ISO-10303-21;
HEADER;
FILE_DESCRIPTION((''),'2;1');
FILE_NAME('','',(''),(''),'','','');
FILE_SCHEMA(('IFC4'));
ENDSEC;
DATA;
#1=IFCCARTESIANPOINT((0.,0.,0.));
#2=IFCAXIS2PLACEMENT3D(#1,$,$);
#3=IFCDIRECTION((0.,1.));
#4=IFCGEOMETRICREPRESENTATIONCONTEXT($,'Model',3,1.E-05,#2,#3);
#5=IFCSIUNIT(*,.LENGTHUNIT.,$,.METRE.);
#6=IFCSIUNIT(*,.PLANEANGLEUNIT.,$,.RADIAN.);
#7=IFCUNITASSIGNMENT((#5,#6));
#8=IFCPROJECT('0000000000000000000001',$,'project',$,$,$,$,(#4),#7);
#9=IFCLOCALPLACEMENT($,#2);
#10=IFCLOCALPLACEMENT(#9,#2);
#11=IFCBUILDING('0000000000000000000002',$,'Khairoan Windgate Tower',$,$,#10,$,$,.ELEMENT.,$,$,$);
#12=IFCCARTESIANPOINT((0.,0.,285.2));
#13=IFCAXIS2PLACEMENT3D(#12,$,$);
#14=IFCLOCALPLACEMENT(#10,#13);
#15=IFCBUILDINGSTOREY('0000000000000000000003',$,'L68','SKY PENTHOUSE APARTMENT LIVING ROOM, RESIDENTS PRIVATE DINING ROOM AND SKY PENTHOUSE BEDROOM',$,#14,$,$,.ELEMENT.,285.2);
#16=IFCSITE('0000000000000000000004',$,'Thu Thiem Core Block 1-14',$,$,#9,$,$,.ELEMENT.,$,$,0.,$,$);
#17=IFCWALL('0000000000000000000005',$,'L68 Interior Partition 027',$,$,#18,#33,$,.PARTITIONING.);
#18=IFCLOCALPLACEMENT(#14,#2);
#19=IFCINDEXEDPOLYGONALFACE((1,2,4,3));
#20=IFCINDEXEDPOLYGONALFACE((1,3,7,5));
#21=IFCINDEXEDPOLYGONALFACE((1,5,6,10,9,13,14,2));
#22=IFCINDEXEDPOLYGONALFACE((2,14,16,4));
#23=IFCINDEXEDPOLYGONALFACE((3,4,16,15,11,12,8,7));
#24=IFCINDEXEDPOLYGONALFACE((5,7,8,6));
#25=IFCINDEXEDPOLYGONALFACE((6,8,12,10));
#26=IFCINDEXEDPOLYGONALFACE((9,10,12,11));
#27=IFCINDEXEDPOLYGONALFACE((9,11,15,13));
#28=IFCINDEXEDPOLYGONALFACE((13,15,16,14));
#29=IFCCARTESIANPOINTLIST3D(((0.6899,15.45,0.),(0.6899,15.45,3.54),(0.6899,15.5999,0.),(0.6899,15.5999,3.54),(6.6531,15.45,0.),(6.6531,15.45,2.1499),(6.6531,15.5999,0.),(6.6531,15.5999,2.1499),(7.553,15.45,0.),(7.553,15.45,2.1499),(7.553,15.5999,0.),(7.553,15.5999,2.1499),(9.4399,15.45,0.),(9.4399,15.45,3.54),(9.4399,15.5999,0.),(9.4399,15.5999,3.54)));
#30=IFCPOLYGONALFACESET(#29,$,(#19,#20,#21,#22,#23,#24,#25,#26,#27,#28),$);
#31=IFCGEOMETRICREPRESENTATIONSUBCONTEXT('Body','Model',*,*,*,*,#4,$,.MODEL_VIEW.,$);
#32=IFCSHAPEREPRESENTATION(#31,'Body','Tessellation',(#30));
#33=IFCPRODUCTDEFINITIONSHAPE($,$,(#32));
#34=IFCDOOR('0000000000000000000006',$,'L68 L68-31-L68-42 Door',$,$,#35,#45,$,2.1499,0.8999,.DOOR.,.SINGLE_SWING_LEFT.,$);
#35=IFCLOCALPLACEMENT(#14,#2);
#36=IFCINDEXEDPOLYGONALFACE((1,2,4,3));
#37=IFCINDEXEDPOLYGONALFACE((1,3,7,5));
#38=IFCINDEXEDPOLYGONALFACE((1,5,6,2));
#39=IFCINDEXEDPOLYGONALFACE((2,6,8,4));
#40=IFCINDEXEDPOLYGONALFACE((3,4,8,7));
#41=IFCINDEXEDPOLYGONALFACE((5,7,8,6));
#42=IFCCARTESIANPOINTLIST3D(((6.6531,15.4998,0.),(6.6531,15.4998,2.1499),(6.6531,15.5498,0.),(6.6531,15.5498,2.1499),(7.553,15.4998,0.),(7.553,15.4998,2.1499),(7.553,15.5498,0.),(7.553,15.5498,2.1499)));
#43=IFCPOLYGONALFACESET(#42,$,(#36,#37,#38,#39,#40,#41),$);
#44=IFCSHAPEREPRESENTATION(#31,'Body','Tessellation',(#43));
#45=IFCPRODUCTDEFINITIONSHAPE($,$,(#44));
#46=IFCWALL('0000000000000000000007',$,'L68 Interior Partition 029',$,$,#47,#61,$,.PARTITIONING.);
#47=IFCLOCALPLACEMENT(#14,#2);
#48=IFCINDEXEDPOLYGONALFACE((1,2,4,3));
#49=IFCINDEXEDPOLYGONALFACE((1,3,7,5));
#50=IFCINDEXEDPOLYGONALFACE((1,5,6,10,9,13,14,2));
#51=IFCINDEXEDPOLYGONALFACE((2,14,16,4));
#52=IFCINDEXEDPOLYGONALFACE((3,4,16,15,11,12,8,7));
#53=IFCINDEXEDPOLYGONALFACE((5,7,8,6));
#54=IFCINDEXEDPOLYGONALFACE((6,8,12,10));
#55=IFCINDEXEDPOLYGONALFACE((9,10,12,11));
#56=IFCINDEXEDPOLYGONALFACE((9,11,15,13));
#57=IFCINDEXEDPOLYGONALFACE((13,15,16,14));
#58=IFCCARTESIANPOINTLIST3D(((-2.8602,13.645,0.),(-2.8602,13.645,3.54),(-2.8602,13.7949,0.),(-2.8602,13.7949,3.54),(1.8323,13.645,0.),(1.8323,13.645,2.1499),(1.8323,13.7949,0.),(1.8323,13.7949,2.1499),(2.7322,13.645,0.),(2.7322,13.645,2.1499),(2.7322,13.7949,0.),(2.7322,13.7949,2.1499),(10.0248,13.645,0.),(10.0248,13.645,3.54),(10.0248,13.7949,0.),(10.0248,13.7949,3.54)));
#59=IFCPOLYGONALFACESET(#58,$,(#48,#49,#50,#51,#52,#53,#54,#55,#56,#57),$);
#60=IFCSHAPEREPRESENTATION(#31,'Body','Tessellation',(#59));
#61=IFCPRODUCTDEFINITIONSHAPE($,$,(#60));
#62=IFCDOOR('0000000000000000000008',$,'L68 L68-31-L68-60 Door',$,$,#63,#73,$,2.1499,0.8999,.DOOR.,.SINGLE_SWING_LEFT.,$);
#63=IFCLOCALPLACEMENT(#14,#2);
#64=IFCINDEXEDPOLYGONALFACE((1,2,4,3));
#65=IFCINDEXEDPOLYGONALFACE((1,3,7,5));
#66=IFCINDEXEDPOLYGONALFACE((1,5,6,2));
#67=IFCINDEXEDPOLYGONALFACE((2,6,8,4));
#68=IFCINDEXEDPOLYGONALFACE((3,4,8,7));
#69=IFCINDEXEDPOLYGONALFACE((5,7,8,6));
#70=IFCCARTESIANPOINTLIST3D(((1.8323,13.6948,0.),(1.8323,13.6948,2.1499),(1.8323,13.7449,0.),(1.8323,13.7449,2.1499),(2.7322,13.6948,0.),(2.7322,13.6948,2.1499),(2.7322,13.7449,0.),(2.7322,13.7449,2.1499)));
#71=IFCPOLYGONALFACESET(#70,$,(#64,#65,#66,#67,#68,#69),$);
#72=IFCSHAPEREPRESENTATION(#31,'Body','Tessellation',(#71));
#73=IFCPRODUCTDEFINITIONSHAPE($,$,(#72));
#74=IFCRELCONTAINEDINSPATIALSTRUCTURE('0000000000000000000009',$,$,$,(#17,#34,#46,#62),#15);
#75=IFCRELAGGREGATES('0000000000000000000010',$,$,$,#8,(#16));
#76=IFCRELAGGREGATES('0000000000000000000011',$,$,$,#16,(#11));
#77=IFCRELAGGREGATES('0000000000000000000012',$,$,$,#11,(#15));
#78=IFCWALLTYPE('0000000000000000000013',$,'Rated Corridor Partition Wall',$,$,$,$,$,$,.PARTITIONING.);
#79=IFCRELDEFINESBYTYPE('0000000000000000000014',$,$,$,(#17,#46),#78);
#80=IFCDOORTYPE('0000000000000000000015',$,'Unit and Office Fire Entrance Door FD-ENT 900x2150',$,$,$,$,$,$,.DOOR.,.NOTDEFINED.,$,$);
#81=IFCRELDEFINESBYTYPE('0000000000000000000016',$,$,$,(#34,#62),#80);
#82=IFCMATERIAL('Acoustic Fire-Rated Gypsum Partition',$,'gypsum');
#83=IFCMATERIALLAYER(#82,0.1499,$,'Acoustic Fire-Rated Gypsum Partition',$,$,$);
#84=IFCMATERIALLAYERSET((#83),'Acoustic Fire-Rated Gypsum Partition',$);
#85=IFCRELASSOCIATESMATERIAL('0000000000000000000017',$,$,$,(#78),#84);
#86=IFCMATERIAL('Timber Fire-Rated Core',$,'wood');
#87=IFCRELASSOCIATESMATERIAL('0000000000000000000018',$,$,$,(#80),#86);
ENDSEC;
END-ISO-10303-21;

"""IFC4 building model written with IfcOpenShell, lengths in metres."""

from ifc_helpers import new_model, si_unit, direction, frame, frame_2d, origin, place, context, subcontext, project, spatial, rectangle, extrude, material, layer, layer_set, type_object, element, fill, save


model = new_model("IFC4")

# Units and contexts
model_context = context("Model", 3, precision=1e-05, world=origin(), true_north=direction((0.0, 1.0)))
body_context = subcontext(model_context, "Body", "Model", "MODEL_VIEW")
ifc_project = project(units=[si_unit("LENGTHUNIT", "METRE"), si_unit("PLANEANGLEUNIT", "RADIAN")], contexts=[model_context])

# Site, building, storey
site_placement = place(None, origin())
site = spatial("IfcSite", under=ifc_project, at=site_placement, Name="Thu Thiem Core Block 1-14", CompositionType="ELEMENT", RefElevation=0.0)
building_placement = place(site_placement, origin())
building = spatial("IfcBuilding", under=site, at=building_placement, Name="Khairoan Windgate Tower", CompositionType="ELEMENT")
storey_placement = place(building_placement, frame((0.0, 0.0, 285.2)))
storey = spatial("IfcBuildingStorey", under=building, at=storey_placement, Name="L68", Description="SKY PENTHOUSE APARTMENT LIVING ROOM, RESIDENTS PRIVATE DINING ROOM AND SKY PENTHOUSE BEDROOM", CompositionType="ELEMENT", Elevation=285.2)

# Shared definitions
ifc_material_1 = material(Name="Acoustic Fire-Rated Gypsum Partition", Category="gypsum")
ifc_layer_1 = layer(ifc_material_1, 0.1499, Name="Acoustic Fire-Rated Gypsum Partition")
ifc_layer_set_1 = layer_set([ifc_layer_1], Name="Acoustic Fire-Rated Gypsum Partition")
wall_type_1 = type_object("IfcWallType", Name="Rated Corridor Partition Wall", PredefinedType="PARTITIONING", material=ifc_layer_set_1)
ifc_material_2 = material(Name="Timber Fire-Rated Core", Category="wood")
door_type_1 = type_object("IfcDoorType", Name="Unit and Office Fire Entrance Door FD-ENT 900x2150", OperationType="NOTDEFINED", PredefinedType="DOOR", material=ifc_material_2)

# Walls, openings, doors
wall_1_placement = place(storey_placement, frame((0.6899, 15.5249, 0.0), z_axis=(0.0, 0.0, 1.0), x_axis=(1.0, 0.0, 0.0)))
wall_1 = element("IfcWall", 1, at=wall_1_placement, inside=storey, type_object=wall_type_1, Name="L68 Interior Partition 027", PredefinedType="PARTITIONING", context=body_context, shape_type="SweptSolid", body=[
    extrude(rectangle(XDim=8.75, YDim=0.1499, at=frame_2d((4.375, 0.0))), origin(), (0.0, 0.0, 1.0), 3.54),
])
opening_1_placement = place(wall_1_placement, frame((5.9631, 0.0, 0.0)))
opening_1 = element("IfcOpeningElement", 2, at=opening_1_placement, cuts=wall_1, PredefinedType="OPENING", context=body_context, shape_type="SweptSolid", body=[
    extrude(rectangle(XDim=0.8999, YDim=2.1499, at=frame_2d((0.45, 1.075))), frame((0.0, 0.085, 0.0), z_axis=(0.0, -1.0, 0.0), x_axis=(1.0, 0.0, 0.0)), (0.0, 0.0, 1.0), 0.1699),
])
door_1_placement = place(opening_1_placement, origin())
door_1 = element("IfcDoor", 3, at=door_1_placement, inside=storey, type_object=door_type_1, Name="L68 L68-31-L68-42 Door", OperationType="SINGLE_SWING_LEFT", OverallHeight=2.1499, OverallWidth=0.8999, PredefinedType="DOOR", context=body_context, shape_type="SweptSolid", body=[
    extrude(rectangle(XDim=0.8999, YDim=2.1499, at=frame_2d((0.45, 1.075))), frame((0.0, 0.0249, 0.0), z_axis=(0.0, -1.0, 0.0), x_axis=(1.0, 0.0, 0.0)), (0.0, 0.0, 1.0), 0.05),
])
fill(opening_1, door_1)
wall_2_placement = place(storey_placement, frame((-2.8601, 13.72, 0.0), z_axis=(0.0, 0.0, 1.0), x_axis=(1.0, 0.0, 0.0)))
wall_2 = element("IfcWall", 4, at=wall_2_placement, inside=storey, type_object=wall_type_1, Name="L68 Interior Partition 029", PredefinedType="PARTITIONING", context=body_context, shape_type="SweptSolid", body=[
    extrude(rectangle(XDim=12.885, YDim=0.1499, at=frame_2d((6.4424, 0.0))), origin(), (0.0, 0.0, 1.0), 3.54),
])
opening_2_placement = place(wall_2_placement, frame((4.6924, 0.0, 0.0)))
opening_2 = element("IfcOpeningElement", 5, at=opening_2_placement, cuts=wall_2, PredefinedType="OPENING", context=body_context, shape_type="SweptSolid", body=[
    extrude(rectangle(XDim=0.8999, YDim=2.1499, at=frame_2d((0.45, 1.075))), frame((0.0, 0.085, 0.0), z_axis=(0.0, -1.0, 0.0), x_axis=(1.0, 0.0, 0.0)), (0.0, 0.0, 1.0), 0.1699),
])
door_2_placement = place(opening_2_placement, origin())
door_2 = element("IfcDoor", 6, at=door_2_placement, inside=storey, type_object=door_type_1, Name="L68 L68-31-L68-60 Door", OperationType="SINGLE_SWING_LEFT", OverallHeight=2.1499, OverallWidth=0.8999, PredefinedType="DOOR", context=body_context, shape_type="SweptSolid", body=[
    extrude(rectangle(XDim=0.8999, YDim=2.1499, at=frame_2d((0.45, 1.075))), frame((0.0, 0.0249, 0.0), z_axis=(0.0, -1.0, 0.0), x_axis=(1.0, 0.0, 0.0)), (0.0, 0.0, 1.0), 0.05),
])
fill(opening_2, door_2)

save(model, "model.ifc")
